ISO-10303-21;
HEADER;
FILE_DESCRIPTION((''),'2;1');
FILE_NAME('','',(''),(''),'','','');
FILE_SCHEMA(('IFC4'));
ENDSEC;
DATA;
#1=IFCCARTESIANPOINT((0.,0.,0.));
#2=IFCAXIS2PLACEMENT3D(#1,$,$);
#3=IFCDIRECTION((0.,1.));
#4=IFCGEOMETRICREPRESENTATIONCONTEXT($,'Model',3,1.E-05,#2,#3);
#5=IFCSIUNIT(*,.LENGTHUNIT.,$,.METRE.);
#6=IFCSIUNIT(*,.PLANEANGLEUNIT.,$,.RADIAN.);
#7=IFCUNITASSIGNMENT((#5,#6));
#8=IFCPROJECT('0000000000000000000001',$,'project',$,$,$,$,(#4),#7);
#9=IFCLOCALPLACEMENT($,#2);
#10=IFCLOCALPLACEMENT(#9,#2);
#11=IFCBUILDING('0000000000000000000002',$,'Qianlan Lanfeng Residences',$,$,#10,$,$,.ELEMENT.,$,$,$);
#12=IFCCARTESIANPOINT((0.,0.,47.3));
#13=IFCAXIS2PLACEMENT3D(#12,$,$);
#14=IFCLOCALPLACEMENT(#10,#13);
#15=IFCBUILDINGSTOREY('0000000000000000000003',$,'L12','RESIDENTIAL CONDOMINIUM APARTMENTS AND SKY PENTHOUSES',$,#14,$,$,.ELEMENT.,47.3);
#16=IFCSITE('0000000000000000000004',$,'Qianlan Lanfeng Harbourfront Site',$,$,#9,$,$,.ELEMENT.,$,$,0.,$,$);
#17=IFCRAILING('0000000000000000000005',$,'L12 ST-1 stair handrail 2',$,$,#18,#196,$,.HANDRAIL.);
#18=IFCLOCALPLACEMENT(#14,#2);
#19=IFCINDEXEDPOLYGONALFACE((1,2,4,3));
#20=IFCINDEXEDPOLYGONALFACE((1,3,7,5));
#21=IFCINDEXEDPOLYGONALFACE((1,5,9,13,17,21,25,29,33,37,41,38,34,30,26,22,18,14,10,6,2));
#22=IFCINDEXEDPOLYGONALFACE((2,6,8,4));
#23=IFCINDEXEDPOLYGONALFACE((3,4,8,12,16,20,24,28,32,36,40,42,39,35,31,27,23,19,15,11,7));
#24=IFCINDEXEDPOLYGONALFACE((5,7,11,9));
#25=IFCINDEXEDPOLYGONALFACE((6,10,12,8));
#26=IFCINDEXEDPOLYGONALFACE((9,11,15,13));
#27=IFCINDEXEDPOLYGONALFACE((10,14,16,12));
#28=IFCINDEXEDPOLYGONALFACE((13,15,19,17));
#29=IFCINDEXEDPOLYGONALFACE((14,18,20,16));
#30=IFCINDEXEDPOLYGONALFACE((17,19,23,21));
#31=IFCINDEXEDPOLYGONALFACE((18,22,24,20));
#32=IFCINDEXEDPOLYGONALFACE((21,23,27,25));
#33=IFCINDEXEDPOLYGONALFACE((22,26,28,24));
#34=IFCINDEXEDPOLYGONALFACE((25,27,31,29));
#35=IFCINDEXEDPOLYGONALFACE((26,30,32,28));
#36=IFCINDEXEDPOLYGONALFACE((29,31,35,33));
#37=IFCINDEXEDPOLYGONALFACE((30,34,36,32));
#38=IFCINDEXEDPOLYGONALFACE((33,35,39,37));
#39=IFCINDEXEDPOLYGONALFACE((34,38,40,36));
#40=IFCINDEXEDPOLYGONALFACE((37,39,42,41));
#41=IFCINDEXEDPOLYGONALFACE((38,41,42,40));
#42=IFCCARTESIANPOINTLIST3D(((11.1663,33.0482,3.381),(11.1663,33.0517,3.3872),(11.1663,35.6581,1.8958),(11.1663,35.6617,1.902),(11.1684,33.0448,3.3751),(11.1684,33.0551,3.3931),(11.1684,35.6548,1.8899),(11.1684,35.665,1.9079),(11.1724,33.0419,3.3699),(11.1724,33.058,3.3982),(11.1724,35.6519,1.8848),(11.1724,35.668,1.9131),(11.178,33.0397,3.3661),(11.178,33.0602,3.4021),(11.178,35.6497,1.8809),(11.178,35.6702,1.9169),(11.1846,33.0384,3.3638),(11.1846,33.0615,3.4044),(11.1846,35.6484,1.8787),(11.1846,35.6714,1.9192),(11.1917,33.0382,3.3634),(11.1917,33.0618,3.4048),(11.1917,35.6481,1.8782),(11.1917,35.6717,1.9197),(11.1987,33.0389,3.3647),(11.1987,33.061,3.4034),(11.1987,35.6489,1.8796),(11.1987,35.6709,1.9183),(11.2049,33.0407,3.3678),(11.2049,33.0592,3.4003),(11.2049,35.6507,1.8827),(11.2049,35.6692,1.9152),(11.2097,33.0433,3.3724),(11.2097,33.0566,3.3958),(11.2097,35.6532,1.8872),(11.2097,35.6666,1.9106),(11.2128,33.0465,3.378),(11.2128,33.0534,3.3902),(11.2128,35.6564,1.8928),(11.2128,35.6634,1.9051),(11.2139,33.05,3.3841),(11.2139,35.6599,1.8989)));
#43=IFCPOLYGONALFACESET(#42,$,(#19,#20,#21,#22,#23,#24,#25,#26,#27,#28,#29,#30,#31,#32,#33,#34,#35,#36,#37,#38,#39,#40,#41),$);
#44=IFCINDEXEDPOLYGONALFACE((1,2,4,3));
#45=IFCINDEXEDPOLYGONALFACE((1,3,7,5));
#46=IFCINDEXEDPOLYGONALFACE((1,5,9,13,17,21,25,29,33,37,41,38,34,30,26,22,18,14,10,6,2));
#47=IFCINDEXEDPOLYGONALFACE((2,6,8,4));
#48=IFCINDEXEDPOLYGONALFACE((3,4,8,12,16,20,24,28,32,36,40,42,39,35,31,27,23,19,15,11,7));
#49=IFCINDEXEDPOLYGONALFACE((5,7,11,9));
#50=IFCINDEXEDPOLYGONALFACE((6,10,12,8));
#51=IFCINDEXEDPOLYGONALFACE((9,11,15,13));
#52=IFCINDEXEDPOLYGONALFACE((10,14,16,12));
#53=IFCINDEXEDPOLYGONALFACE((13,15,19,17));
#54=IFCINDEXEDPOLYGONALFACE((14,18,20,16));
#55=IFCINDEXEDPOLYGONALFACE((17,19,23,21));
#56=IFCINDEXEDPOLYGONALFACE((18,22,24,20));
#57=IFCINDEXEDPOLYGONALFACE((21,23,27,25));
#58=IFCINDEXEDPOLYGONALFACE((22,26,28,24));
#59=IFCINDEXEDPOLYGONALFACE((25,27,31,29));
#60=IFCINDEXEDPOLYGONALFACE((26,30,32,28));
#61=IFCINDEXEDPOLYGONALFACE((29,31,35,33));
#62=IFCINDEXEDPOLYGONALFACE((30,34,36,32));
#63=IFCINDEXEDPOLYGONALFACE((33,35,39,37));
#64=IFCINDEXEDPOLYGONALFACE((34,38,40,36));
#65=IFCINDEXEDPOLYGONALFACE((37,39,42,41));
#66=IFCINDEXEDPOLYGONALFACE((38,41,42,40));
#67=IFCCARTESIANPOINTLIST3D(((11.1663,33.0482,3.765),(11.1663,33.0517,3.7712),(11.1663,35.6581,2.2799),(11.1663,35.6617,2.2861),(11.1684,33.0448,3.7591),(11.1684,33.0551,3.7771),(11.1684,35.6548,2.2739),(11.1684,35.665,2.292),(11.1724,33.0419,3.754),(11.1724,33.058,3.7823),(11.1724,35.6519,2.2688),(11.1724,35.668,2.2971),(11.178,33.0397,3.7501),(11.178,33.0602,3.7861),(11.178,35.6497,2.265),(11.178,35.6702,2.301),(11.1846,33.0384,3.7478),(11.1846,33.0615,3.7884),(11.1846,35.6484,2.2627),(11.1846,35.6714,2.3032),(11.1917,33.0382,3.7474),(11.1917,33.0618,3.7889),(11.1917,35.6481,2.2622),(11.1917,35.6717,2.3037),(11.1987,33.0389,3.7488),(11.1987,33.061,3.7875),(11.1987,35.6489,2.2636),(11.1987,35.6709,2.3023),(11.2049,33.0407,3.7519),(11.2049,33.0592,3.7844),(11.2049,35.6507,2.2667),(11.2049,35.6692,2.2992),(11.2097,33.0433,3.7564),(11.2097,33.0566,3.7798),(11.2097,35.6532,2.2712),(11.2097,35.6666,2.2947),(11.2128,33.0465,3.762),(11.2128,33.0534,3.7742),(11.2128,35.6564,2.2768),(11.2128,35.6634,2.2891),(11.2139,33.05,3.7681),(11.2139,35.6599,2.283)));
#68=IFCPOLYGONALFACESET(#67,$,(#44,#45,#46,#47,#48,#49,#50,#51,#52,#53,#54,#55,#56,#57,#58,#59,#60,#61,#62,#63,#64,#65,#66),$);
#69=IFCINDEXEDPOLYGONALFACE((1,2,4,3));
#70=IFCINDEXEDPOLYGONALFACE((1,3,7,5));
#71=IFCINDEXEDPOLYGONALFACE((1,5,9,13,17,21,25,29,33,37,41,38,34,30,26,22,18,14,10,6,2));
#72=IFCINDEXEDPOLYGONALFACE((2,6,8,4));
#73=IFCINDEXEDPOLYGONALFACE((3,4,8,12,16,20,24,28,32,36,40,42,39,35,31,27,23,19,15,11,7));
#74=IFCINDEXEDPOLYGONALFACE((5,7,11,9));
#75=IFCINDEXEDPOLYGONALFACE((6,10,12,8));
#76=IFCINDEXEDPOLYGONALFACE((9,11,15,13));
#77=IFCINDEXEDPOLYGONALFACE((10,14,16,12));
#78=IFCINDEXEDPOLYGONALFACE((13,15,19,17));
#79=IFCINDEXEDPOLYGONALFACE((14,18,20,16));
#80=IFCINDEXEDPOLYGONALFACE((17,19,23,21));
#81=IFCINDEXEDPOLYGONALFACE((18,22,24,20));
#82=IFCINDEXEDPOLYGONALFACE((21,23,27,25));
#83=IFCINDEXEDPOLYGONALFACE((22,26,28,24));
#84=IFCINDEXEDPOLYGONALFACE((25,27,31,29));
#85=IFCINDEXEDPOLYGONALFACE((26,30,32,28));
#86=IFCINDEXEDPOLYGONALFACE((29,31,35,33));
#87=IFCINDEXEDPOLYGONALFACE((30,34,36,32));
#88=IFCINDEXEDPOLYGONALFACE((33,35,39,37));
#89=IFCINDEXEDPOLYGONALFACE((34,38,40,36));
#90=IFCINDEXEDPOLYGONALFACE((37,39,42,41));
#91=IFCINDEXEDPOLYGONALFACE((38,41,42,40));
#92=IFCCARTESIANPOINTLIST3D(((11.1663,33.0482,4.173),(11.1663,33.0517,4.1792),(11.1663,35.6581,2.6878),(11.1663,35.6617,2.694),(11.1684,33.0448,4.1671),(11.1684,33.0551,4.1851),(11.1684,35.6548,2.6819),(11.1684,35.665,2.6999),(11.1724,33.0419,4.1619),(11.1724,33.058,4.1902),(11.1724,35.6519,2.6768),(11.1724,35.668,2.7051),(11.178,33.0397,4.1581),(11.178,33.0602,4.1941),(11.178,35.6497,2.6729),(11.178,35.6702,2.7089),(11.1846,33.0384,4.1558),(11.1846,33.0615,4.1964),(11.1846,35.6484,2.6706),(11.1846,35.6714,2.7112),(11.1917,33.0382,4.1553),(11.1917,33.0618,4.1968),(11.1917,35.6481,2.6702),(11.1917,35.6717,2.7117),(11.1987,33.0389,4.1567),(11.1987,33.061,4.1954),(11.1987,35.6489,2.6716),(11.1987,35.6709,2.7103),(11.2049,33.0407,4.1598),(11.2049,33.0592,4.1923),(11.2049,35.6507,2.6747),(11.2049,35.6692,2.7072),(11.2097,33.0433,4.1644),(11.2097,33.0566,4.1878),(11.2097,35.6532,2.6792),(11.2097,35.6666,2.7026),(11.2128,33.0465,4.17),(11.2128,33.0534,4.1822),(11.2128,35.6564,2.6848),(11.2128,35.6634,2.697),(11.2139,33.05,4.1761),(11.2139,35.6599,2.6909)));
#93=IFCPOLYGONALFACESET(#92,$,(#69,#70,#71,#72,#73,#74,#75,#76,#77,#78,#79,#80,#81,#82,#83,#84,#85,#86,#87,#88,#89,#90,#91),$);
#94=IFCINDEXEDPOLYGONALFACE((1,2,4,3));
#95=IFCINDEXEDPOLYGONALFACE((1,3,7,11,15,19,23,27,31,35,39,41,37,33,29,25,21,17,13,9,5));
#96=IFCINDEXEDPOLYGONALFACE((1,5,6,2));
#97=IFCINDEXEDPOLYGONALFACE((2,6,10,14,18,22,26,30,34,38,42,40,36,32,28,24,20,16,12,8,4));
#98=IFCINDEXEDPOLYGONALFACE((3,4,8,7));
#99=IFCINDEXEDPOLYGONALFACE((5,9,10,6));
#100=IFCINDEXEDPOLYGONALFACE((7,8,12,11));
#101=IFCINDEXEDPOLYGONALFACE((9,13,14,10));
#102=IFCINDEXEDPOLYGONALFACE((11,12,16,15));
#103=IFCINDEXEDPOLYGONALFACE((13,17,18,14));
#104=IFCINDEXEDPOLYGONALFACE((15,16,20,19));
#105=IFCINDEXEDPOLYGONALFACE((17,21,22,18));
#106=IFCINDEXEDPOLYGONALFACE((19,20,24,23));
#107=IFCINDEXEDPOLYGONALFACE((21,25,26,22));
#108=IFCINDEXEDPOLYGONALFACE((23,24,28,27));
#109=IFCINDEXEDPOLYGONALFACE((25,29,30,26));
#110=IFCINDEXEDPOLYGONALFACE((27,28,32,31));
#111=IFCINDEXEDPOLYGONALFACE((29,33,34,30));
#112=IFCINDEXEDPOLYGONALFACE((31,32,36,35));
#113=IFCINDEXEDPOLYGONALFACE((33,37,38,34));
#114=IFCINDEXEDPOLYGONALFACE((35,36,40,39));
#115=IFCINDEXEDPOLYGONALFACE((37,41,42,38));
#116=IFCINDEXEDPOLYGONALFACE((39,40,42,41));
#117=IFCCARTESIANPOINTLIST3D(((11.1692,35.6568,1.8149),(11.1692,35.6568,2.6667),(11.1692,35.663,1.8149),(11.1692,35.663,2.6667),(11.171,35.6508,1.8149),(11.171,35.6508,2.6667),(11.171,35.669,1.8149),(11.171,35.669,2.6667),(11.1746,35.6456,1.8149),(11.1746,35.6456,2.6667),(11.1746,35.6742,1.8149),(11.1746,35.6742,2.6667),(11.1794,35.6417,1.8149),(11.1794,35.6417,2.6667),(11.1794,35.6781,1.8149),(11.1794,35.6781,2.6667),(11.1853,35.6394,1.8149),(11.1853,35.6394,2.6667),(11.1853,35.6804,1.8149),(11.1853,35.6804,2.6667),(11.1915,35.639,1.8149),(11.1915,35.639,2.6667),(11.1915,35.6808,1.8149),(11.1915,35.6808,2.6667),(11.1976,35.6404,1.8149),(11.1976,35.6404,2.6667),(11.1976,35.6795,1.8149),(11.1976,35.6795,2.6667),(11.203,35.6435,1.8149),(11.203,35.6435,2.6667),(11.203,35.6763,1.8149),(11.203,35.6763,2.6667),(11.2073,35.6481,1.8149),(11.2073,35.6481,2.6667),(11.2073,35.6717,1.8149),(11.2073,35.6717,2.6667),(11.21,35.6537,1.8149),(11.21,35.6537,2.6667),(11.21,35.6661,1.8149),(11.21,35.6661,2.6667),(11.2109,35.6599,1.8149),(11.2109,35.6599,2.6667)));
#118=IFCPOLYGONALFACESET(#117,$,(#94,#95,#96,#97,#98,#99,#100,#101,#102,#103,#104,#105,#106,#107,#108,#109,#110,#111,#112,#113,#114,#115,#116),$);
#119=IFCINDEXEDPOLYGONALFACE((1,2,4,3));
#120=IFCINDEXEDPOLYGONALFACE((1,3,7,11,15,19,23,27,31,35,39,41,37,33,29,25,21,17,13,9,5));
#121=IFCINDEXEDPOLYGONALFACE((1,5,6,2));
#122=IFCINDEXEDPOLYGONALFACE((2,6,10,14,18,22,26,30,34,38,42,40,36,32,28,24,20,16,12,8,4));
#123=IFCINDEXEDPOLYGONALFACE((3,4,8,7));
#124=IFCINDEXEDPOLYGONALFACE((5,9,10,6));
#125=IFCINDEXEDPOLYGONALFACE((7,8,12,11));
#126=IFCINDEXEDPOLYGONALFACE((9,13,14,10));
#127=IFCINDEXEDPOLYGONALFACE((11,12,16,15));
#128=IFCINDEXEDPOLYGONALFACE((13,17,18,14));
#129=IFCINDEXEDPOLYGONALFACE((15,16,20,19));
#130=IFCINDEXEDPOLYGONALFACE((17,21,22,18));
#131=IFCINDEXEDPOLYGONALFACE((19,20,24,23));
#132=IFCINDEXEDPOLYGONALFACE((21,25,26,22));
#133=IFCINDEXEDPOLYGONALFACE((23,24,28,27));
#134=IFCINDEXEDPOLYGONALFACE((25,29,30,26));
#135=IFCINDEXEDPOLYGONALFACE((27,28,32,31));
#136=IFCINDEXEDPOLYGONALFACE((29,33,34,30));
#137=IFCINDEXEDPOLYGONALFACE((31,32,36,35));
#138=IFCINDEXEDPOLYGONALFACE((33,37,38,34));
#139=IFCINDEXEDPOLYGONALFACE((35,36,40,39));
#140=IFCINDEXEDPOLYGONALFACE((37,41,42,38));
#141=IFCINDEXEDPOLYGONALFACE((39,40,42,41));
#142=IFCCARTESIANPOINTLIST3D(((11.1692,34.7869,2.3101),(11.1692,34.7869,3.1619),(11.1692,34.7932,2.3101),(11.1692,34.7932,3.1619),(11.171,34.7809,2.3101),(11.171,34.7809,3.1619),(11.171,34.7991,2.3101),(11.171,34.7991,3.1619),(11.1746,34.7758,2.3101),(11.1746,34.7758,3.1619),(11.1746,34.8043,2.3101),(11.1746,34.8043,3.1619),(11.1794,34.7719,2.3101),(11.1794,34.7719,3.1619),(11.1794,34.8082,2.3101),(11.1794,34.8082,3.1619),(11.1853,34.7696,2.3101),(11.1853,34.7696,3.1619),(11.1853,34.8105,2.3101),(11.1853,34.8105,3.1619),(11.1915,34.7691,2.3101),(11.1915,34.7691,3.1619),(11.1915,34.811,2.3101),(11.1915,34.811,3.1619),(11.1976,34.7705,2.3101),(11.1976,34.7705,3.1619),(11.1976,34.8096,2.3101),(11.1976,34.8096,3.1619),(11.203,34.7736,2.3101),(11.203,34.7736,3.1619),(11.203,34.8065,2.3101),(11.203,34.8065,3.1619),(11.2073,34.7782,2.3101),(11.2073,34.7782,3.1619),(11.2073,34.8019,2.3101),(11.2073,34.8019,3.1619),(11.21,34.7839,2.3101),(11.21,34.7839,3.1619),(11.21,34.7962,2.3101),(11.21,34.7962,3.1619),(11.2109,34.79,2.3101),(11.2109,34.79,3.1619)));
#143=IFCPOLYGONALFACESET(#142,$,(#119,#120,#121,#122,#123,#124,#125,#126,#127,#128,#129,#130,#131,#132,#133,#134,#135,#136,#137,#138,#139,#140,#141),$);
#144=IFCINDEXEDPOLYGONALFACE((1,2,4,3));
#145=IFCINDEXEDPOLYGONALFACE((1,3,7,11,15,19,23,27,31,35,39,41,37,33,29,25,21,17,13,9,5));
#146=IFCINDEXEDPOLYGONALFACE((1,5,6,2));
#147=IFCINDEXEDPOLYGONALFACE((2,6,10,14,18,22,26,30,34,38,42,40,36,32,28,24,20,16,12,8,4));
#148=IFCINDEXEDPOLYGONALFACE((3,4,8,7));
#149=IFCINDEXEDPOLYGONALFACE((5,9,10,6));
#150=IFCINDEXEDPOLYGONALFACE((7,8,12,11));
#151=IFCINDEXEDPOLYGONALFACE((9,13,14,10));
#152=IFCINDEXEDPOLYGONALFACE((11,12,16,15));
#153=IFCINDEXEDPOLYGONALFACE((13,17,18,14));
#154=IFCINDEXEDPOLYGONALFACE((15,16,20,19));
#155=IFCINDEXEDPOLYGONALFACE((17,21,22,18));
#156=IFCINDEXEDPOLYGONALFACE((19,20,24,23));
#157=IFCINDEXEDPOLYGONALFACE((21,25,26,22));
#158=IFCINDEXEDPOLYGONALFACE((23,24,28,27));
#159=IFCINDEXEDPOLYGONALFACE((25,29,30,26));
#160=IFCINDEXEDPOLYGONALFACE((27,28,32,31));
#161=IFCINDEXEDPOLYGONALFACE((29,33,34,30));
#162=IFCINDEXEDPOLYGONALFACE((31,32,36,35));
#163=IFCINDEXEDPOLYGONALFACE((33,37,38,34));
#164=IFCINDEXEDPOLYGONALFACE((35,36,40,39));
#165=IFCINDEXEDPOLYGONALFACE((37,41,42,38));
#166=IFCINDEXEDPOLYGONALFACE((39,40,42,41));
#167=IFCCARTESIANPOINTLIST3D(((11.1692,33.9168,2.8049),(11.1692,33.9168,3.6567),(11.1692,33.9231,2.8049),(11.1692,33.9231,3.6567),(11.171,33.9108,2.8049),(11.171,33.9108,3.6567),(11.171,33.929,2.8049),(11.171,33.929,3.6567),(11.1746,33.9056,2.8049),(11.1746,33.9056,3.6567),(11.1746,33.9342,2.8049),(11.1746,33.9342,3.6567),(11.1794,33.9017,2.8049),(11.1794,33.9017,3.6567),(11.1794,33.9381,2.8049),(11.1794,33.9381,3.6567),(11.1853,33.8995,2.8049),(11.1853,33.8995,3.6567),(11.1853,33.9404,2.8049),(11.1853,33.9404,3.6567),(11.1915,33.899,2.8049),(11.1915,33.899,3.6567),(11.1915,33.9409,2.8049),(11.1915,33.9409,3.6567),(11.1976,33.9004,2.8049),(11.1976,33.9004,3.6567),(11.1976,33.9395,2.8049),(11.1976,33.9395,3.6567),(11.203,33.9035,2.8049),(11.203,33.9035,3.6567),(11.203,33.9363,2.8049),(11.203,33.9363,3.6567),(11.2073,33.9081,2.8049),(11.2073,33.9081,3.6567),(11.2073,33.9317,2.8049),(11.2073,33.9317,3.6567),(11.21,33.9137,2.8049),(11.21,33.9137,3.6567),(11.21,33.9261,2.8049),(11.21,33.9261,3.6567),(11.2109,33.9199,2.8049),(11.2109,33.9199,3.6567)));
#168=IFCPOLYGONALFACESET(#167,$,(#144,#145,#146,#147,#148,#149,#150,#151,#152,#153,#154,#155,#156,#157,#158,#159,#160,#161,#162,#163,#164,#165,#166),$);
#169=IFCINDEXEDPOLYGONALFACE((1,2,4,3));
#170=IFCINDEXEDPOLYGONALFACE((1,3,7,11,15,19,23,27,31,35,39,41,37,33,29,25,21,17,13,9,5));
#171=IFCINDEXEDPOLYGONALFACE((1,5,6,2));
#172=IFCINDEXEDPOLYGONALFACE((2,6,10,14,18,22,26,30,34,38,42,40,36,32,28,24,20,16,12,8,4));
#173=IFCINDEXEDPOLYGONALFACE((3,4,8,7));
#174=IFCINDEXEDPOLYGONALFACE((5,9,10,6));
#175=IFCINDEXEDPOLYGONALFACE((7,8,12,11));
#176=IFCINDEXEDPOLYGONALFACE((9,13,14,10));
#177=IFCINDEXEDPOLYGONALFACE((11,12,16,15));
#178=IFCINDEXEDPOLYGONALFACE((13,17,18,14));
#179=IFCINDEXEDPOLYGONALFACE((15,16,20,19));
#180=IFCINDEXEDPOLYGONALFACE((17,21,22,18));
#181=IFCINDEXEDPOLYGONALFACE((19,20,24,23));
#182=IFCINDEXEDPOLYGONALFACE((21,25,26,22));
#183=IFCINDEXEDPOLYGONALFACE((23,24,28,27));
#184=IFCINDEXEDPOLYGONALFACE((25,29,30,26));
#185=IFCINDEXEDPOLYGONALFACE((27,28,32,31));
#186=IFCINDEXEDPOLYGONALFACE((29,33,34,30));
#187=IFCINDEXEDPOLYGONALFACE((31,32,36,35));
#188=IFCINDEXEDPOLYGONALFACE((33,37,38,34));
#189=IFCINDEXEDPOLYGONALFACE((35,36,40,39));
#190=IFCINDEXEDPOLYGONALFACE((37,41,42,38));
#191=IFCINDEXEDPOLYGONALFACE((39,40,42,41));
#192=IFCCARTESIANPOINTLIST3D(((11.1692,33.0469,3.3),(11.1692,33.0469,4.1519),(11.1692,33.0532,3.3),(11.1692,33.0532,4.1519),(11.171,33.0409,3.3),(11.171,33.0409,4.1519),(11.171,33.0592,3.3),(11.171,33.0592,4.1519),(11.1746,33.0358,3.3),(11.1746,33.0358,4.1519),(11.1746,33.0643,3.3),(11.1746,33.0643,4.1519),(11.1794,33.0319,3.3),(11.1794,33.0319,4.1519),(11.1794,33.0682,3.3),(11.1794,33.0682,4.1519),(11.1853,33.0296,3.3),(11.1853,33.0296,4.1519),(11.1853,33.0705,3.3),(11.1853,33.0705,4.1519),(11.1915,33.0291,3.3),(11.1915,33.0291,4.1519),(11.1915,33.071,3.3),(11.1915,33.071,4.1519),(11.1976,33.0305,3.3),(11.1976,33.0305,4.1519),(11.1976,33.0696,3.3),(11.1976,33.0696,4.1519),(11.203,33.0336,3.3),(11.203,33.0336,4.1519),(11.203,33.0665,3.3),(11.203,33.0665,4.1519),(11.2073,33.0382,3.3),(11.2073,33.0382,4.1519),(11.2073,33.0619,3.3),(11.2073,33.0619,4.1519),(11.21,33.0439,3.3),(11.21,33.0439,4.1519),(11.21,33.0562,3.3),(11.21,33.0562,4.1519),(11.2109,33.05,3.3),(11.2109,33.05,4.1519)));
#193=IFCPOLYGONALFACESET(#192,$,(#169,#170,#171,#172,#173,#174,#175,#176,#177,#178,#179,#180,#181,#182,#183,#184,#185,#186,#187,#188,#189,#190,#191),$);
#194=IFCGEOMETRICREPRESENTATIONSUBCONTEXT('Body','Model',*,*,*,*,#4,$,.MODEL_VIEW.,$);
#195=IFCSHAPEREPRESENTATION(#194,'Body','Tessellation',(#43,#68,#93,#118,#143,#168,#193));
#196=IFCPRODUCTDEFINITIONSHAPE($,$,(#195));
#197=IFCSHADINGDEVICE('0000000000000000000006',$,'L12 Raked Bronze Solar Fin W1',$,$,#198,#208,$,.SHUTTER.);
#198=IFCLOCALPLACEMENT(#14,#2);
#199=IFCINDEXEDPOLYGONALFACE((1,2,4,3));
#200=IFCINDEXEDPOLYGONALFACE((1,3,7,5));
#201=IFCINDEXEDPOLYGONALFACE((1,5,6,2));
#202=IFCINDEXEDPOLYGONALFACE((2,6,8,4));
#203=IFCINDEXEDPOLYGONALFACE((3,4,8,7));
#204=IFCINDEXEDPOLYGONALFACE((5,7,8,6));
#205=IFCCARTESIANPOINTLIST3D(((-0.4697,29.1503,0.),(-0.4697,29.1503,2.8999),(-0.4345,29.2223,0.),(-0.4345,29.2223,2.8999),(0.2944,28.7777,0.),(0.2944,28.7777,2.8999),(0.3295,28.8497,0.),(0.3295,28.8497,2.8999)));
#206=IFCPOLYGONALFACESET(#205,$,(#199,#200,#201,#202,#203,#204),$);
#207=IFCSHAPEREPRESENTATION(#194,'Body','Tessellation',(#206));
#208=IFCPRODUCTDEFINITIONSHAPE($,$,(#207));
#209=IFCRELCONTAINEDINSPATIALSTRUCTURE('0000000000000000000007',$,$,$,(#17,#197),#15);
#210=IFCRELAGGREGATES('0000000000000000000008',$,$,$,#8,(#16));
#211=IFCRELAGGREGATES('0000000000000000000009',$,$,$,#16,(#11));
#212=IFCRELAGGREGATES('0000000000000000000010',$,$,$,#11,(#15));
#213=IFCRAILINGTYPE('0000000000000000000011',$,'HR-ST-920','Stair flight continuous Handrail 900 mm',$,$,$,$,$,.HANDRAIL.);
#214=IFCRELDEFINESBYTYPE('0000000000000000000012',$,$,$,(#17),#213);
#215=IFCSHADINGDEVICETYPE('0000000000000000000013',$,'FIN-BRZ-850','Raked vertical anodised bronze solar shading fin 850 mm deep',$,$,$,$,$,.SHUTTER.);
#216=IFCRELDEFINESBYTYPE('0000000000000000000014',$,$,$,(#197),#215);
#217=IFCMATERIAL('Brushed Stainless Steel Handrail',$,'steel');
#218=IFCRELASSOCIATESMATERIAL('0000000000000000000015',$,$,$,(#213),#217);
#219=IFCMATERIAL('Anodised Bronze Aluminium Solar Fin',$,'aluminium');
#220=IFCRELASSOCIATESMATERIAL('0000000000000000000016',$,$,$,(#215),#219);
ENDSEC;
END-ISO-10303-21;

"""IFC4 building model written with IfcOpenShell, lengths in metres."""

from ifc_helpers import new_model, si_unit, direction, frame, origin, origin_2d, place, context, subcontext, project, spatial, rectangle, circle, extrude, source, transform, mapped, material, type_object, element, save


model = new_model("IFC4")

# Units and contexts
model_context = context("Model", 3, precision=1e-05, world=origin(), true_north=direction((0.0, 1.0)))
body_context = subcontext(model_context, "Body", "Model", "MODEL_VIEW")
ifc_project = project(units=[si_unit("LENGTHUNIT", "METRE"), si_unit("PLANEANGLEUNIT", "RADIAN")], contexts=[model_context])

# Site, building, storey
site_placement = place(None, origin())
site = spatial("IfcSite", under=ifc_project, at=site_placement, Name="Qianlan Lanfeng Harbourfront Site", CompositionType="ELEMENT", RefElevation=0.0)
building_placement = place(site_placement, origin())
building = spatial("IfcBuilding", under=site, at=building_placement, Name="Qianlan Lanfeng Residences", CompositionType="ELEMENT")
storey_placement = place(building_placement, frame((0.0, 0.0, 47.3)))
storey = spatial("IfcBuildingStorey", under=building, at=storey_placement, Name="L12", Description="RESIDENTIAL CONDOMINIUM APARTMENTS AND SKY PENTHOUSES", CompositionType="ELEMENT", Elevation=47.3)

# Railing
ifc_material_1 = material(Name="Brushed Stainless Steel Handrail", Category="steel")
railing_type = type_object("IfcRailingType", Name="HR-ST-920", Description="Stair flight continuous Handrail 900 mm", PredefinedType="HANDRAIL", material=ifc_material_1)
railing_placement = place(storey_placement, frame((11.1899, 35.6599, 1.8149)))
element("IfcRailing", 1, at=railing_placement, inside=storey, type_object=railing_type, Name="L12 ST-1 stair handrail 2", PredefinedType="HANDRAIL", context=body_context, shape_type="SweptSolid", body=[
    extrude(circle(Radius=0.0239, at=origin_2d()), frame((0.0, 0.0, 0.084), z_axis=(0.0, -0.869137, 0.494571), x_axis=(1.0, 0.0, 0.0)), (0.0, 0.0, 1.0), 3.0029),
    extrude(circle(Radius=0.0239, at=origin_2d()), frame((0.0, 0.0, 0.468), z_axis=(0.0, -0.869137, 0.494571), x_axis=(1.0, 0.0, 0.0)), (0.0, 0.0, 1.0), 3.0029),
    extrude(circle(Radius=0.0239, at=origin_2d()), frame((0.0, 0.0, 0.876), z_axis=(0.0, -0.869137, 0.494571), x_axis=(1.0, 0.0, 0.0)), (0.0, 0.0, 1.0), 3.0029),
    extrude(circle(Radius=0.021, at=origin_2d()), origin(), (0.0, 0.0, 1.0), 0.8518),
    extrude(circle(Radius=0.021, at=origin_2d()), frame((0.0, -0.8699, 0.4951)), (0.0, 0.0, 1.0), 0.8518),
    extrude(circle(Radius=0.021, at=origin_2d()), frame((0.0, -1.74, 0.99)), (0.0, 0.0, 1.0), 0.8518),
    extrude(circle(Radius=0.021, at=origin_2d()), frame((0.0, -2.6099, 1.4851)), (0.0, 0.0, 1.0), 0.8518),
])

# Shading device
ifc_material_2 = material(Name="Anodised Bronze Aluminium Solar Fin", Category="aluminium")
shading_device_type = type_object("IfcShadingDeviceType", Name="FIN-BRZ-850", Description="Raked vertical anodised bronze solar shading fin 850 mm deep", PredefinedType="SHUTTER", material=ifc_material_2)
shared_shape_1 = source(origin(), body_context, "Body", "SweptSolid", [
    extrude(rectangle(XDim=0.8501, YDim=0.0801, at=origin_2d()), origin(), (0.0, 0.0, 1.0), 2.8999),
])
for number, where, z_axis, x_axis, name in (
    (2, (-0.0701, 29.0, 0.0), (0.0, 0.0, 1.0), (0.898794, -0.438371, 0.0), "L12 Raked Bronze Solar Fin W1"),
):
    element("IfcShadingDevice", number, at=place(storey_placement, frame(where, z_axis=z_axis, x_axis=x_axis)), inside=storey, type_object=shading_device_type, Name=name, PredefinedType="SHUTTER", context=body_context, shape_type="MappedRepresentation", body=[
        mapped(shared_shape_1, transform((0.0, 0.0, 0.0), scale=1.0)),
    ])

save(model, "model.ifc")
